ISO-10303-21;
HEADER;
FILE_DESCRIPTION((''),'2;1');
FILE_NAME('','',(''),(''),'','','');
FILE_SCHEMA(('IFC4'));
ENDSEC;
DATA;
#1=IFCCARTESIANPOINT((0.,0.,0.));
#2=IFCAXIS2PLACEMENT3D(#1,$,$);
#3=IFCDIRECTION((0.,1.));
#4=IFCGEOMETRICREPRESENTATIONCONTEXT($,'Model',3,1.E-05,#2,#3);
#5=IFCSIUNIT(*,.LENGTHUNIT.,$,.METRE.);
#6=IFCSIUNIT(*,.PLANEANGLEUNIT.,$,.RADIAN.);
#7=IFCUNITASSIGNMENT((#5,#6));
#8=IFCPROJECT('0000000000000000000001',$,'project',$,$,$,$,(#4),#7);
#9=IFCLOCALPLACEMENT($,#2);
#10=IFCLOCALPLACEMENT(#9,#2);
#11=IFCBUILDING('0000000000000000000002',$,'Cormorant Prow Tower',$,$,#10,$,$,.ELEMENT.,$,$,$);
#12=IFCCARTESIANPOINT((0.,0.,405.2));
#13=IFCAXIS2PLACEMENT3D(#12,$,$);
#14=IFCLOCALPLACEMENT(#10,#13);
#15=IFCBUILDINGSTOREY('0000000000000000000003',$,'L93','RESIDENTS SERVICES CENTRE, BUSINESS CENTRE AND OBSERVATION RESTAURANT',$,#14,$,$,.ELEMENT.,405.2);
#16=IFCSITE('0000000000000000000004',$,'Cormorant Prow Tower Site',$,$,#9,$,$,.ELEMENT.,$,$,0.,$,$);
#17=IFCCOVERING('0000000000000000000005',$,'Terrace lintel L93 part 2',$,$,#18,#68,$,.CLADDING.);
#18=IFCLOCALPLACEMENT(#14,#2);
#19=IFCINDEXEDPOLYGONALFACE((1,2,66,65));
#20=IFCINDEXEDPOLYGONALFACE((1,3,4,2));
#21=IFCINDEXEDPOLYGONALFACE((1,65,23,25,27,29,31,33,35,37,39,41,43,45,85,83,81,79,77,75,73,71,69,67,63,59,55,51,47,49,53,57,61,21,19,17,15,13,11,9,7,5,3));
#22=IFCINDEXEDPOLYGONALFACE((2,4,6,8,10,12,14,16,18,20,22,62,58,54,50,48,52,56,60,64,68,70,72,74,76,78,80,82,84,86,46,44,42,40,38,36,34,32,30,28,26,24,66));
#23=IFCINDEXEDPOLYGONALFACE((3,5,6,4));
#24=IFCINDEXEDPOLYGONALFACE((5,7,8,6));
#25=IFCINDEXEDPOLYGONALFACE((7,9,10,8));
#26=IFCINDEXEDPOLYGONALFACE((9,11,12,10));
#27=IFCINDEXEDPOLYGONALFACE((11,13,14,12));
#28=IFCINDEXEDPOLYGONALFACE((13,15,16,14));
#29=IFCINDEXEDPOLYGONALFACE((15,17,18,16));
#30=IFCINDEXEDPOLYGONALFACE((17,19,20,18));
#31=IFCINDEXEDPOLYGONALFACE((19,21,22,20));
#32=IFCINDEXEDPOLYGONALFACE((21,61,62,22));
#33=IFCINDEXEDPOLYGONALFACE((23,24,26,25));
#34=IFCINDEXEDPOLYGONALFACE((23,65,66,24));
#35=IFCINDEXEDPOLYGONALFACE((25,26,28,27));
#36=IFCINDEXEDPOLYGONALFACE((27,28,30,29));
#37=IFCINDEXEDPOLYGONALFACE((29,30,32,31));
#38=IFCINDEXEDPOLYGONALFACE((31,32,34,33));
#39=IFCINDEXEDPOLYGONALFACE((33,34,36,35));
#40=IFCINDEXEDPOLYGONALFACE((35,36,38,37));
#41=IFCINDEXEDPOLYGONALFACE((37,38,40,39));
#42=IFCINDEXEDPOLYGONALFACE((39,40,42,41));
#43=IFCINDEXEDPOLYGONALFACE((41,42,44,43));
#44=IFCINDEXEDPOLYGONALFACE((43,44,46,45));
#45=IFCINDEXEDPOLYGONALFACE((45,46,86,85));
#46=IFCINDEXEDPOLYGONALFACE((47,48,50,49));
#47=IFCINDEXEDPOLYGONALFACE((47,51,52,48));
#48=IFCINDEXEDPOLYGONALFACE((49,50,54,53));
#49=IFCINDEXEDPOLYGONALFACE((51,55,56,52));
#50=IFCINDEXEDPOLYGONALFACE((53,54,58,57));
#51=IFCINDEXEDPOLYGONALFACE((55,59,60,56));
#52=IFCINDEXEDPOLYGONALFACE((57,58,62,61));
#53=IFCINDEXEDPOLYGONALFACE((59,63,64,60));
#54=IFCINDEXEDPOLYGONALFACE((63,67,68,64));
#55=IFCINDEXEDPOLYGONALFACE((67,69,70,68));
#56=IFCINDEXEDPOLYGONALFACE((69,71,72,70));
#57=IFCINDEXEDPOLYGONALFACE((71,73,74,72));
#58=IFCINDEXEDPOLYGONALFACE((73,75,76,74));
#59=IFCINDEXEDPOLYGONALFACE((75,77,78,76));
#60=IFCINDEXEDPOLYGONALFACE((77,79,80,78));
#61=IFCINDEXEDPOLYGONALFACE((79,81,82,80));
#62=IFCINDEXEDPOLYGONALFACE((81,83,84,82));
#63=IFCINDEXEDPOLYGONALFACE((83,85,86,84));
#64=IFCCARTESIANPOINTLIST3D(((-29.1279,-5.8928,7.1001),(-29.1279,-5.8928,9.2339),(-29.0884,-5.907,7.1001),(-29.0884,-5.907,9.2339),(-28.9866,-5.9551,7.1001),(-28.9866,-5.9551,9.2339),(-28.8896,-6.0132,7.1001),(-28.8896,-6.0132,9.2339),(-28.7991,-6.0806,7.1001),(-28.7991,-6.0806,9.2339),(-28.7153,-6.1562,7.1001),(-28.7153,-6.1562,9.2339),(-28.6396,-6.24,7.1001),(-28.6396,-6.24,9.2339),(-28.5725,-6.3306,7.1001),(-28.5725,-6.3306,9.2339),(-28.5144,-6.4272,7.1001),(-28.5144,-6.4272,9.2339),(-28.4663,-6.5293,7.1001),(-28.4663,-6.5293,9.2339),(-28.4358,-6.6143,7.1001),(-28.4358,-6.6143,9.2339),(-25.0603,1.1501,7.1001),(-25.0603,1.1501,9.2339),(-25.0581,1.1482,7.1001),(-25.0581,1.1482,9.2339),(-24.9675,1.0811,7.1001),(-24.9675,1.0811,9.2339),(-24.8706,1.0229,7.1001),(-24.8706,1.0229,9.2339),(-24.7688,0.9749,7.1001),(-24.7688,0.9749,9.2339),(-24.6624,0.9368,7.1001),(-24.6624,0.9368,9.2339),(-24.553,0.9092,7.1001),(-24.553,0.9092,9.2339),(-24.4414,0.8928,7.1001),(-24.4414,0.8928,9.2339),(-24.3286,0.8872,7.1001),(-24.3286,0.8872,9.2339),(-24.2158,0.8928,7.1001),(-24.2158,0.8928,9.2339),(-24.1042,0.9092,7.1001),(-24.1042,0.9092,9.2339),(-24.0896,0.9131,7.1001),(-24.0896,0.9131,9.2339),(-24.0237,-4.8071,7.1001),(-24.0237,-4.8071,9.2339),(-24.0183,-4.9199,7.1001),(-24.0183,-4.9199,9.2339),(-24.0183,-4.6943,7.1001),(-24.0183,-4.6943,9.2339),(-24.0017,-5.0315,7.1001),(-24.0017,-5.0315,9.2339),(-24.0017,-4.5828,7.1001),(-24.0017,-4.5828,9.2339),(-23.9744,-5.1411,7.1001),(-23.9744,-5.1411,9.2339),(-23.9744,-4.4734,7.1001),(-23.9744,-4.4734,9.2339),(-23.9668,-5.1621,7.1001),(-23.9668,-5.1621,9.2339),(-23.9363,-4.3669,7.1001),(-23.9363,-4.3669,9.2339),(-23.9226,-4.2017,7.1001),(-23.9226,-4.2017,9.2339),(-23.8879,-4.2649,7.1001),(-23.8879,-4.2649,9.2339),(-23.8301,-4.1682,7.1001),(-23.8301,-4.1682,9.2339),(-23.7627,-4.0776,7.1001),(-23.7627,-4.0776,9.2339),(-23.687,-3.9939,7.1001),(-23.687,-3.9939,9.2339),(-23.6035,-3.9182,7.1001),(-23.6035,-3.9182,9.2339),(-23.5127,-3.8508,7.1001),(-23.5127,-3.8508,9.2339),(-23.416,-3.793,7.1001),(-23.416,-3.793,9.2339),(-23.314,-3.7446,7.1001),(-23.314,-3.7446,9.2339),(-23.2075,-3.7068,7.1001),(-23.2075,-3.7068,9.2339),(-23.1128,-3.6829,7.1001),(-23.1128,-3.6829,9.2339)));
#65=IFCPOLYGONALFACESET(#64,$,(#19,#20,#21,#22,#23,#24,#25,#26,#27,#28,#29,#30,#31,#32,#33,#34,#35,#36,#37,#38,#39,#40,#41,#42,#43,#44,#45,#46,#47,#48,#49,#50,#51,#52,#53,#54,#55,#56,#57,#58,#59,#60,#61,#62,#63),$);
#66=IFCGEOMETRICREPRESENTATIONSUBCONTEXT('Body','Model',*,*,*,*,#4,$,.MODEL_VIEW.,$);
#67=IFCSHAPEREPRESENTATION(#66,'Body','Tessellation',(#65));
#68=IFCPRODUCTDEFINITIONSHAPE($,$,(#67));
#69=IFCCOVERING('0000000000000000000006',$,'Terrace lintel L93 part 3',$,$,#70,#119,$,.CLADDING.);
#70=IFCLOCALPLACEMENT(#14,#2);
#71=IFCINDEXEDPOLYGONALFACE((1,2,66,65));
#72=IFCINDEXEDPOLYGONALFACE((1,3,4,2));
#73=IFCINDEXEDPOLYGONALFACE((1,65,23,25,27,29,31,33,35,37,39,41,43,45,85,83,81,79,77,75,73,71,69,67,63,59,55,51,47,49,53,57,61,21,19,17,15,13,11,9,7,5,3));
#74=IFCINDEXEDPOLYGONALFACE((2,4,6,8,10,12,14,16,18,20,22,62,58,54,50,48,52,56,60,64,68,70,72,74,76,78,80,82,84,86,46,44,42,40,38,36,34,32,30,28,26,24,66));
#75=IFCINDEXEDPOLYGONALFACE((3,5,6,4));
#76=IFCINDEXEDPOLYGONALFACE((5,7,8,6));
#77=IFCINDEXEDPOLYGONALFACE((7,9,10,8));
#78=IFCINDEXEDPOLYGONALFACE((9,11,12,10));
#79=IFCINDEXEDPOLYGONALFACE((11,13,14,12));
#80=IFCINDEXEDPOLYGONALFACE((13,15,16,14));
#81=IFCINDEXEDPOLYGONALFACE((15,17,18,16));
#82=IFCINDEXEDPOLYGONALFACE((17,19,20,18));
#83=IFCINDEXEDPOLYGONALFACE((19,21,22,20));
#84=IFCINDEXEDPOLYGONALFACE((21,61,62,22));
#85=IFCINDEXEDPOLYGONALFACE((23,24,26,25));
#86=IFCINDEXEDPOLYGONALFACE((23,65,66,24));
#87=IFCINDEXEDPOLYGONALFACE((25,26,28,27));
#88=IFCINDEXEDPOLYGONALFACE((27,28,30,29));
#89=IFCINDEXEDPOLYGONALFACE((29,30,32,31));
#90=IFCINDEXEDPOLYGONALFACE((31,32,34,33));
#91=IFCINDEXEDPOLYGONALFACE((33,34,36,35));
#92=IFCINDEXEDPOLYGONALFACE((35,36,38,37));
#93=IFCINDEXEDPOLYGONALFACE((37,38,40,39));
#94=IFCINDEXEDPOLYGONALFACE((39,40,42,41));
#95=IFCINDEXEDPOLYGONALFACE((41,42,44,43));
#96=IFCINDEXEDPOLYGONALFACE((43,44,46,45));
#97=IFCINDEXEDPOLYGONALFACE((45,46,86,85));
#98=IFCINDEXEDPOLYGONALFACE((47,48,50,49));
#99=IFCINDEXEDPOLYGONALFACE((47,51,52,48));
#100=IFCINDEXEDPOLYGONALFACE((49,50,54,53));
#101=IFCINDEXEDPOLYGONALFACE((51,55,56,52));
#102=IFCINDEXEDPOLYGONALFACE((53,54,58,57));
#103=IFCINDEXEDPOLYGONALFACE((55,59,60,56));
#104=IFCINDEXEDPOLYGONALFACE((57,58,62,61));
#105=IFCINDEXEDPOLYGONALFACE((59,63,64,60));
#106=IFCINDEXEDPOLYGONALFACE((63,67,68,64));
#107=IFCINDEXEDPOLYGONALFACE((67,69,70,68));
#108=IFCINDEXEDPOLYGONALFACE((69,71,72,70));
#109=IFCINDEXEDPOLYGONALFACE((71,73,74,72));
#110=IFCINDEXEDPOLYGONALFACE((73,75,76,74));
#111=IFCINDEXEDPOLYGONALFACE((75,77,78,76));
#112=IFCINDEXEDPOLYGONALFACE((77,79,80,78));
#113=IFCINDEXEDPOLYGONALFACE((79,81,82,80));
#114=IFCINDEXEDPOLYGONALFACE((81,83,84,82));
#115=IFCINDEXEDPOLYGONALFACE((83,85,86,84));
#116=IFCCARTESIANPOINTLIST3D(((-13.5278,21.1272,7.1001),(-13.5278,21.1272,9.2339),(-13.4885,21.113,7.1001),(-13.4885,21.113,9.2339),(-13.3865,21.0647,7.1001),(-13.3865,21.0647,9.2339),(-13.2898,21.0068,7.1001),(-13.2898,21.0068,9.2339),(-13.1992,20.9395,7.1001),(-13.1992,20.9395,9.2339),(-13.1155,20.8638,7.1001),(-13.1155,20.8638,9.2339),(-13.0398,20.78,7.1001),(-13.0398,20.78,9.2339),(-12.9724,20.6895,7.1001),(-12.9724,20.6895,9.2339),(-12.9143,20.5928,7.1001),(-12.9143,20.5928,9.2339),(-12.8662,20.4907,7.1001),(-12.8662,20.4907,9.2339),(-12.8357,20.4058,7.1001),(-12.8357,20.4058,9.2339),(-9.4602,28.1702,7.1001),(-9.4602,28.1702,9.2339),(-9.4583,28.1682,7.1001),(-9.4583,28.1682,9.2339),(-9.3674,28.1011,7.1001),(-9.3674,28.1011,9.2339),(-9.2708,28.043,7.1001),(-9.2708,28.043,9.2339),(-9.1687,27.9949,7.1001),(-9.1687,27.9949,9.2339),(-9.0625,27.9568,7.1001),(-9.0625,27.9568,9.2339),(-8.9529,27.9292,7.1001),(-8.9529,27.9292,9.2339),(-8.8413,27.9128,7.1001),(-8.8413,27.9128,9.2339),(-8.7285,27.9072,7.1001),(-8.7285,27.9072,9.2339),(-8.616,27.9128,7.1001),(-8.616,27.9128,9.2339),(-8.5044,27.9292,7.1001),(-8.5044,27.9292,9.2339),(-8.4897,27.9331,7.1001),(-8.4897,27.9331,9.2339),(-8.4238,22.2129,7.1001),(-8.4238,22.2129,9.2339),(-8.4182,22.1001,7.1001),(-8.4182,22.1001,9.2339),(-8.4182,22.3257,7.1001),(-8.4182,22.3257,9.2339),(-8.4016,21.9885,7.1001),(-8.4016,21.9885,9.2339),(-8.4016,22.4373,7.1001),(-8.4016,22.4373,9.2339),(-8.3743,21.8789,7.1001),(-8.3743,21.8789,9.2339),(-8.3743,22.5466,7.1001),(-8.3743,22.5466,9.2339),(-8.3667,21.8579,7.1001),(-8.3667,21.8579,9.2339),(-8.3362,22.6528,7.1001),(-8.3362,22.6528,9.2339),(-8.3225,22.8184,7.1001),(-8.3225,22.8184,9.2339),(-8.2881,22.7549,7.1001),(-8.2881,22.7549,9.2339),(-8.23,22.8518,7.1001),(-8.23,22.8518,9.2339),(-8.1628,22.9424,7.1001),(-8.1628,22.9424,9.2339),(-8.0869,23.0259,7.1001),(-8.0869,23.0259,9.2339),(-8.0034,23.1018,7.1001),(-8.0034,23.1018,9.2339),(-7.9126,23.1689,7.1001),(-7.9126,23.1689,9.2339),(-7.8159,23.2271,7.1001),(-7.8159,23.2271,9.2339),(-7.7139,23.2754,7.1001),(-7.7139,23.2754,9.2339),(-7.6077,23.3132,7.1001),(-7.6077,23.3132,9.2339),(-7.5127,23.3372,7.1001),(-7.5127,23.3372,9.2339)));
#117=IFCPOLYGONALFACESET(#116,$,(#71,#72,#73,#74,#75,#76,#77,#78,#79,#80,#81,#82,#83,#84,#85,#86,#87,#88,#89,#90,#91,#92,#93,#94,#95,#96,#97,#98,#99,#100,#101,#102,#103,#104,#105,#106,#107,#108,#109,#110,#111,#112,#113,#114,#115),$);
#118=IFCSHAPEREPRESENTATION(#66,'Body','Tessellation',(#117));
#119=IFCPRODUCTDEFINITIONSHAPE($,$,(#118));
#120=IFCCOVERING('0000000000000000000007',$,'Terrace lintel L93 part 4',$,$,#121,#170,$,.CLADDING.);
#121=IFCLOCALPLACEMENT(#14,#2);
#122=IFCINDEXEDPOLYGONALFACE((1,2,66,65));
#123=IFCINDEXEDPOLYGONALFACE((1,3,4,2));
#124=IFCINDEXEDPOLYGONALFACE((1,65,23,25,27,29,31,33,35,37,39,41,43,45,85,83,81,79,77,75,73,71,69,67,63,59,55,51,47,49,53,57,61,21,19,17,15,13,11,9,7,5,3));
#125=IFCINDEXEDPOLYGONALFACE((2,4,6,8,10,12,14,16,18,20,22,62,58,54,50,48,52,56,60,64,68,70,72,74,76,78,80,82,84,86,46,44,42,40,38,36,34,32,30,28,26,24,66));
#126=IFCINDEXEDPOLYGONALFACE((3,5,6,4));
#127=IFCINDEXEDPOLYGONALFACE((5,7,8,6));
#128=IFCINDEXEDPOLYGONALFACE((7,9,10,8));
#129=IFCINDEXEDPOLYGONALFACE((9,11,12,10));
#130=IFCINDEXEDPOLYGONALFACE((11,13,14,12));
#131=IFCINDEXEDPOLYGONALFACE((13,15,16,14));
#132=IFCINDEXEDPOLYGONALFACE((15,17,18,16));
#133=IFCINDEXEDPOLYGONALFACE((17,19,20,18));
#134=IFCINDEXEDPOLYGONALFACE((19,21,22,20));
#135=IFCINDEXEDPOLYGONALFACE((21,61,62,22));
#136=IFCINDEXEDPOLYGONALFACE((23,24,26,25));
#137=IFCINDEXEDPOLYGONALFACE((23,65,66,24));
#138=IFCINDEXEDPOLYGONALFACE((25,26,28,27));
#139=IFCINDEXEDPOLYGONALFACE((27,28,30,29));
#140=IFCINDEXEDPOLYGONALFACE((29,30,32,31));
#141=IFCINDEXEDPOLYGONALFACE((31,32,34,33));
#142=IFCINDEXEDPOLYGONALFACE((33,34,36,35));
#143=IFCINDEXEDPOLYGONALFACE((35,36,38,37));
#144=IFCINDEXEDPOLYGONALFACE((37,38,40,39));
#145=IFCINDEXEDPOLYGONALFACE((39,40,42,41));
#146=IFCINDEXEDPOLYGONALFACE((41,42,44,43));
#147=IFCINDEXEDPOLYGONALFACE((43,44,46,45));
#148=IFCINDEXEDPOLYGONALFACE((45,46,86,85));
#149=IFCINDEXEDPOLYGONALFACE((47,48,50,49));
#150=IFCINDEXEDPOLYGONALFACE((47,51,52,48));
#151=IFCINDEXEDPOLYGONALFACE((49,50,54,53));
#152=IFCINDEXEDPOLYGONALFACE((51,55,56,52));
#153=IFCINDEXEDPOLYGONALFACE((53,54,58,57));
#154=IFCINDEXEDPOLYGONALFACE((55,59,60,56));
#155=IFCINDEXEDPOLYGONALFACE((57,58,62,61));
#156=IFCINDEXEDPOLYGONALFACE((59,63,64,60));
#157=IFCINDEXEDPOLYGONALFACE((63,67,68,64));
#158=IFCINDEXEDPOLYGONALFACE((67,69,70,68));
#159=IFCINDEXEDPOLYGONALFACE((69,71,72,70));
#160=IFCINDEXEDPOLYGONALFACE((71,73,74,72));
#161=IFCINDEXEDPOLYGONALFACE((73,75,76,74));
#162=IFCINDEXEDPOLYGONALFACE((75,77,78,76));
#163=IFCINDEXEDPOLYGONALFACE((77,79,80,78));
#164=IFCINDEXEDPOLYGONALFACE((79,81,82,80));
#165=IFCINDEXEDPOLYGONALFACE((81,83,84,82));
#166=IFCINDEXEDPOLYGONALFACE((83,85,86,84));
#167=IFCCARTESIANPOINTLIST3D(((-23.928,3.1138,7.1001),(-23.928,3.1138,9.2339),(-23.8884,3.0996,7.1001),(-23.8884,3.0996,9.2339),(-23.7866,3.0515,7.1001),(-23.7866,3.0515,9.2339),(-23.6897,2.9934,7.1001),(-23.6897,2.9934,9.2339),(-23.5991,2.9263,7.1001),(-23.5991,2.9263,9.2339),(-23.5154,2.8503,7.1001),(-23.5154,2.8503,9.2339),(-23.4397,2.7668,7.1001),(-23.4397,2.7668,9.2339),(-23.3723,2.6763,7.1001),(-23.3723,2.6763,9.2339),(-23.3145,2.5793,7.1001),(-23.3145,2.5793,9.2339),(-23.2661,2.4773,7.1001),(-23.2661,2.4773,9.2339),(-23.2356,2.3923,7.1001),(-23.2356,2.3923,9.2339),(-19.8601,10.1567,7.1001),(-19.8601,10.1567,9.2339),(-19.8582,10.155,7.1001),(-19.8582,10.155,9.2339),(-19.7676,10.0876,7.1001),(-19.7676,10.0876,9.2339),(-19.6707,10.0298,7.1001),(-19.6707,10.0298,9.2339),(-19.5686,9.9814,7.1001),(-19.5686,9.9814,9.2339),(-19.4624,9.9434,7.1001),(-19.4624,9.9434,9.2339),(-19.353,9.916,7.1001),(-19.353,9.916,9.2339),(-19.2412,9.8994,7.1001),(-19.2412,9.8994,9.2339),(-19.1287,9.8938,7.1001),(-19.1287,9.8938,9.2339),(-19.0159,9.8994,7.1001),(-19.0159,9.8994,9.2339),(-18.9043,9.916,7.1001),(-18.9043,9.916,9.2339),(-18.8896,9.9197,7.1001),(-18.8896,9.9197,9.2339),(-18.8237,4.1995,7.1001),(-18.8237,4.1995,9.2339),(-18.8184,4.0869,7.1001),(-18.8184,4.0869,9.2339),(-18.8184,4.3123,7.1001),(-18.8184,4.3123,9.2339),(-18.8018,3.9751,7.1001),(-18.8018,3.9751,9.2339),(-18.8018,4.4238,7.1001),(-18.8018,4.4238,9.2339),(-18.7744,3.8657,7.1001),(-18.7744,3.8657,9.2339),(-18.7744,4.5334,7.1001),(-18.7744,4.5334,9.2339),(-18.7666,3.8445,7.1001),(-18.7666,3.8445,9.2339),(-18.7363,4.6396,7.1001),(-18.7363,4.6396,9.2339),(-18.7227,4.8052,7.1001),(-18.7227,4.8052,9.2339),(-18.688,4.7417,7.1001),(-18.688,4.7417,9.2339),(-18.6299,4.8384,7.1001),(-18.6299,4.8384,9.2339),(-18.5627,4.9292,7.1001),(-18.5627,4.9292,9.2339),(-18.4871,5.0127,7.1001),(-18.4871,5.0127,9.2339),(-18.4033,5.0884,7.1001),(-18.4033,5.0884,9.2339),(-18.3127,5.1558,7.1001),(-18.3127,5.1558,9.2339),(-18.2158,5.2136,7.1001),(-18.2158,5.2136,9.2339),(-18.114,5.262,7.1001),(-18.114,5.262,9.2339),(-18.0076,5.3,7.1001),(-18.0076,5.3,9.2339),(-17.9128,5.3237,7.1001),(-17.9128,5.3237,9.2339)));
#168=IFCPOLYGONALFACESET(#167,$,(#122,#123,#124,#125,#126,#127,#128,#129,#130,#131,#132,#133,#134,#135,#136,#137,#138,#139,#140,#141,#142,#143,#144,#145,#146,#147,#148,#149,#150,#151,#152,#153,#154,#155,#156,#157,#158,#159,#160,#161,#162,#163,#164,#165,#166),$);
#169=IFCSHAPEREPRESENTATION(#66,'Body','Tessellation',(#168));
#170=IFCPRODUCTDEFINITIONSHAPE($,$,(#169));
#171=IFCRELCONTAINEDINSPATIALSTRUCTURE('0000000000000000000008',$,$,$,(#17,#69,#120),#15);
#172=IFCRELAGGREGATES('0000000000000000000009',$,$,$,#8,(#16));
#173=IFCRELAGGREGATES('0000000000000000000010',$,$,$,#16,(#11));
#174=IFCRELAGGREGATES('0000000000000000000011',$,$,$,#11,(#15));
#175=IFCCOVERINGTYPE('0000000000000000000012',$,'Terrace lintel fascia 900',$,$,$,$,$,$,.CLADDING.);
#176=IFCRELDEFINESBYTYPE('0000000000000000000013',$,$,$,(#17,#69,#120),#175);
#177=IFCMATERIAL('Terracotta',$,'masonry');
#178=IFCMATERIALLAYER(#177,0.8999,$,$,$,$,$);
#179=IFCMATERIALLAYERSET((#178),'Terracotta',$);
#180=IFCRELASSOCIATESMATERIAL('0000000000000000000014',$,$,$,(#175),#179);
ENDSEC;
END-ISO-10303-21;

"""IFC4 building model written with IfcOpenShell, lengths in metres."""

from ifc_helpers import new_model, si_unit, direction, frame, origin, place, context, subcontext, project, spatial, polyline, outline, extrude, material, layer, layer_set, type_object, element, save


model = new_model("IFC4")

# Units and contexts
model_context = context("Model", 3, precision=1e-05, world=origin(), true_north=direction((0.0, 1.0)))
body_context = subcontext(model_context, "Body", "Model", "MODEL_VIEW")
ifc_project = project(units=[si_unit("LENGTHUNIT", "METRE"), si_unit("PLANEANGLEUNIT", "RADIAN")], contexts=[model_context])

# Site, building, storey
site_placement = place(None, origin())
site = spatial("IfcSite", under=ifc_project, at=site_placement, Name="Cormorant Prow Tower Site", CompositionType="ELEMENT", RefElevation=0.0)
building_placement = place(site_placement, origin())
building = spatial("IfcBuilding", under=site, at=building_placement, Name="Cormorant Prow Tower", CompositionType="ELEMENT")
storey_placement = place(building_placement, frame((0.0, 0.0, 405.2)))
storey = spatial("IfcBuildingStorey", under=building, at=storey_placement, Name="L93", Description="RESIDENTS SERVICES CENTRE, BUSINESS CENTRE AND OBSERVATION RESTAURANT", CompositionType="ELEMENT", Elevation=405.2)

# Coverings
ifc_material_1 = material(Name="Terracotta", Category="masonry")
ifc_layer_1 = layer(ifc_material_1, 0.8999)
ifc_layer_set_1 = layer_set([ifc_layer_1], Name="Terracotta")
covering_type = type_object("IfcCoveringType", Name="Terrace lintel fascia 900", PredefinedType="CLADDING", material=ifc_layer_set_1)
covering_1_placement = place(storey_placement, frame((0.0, 0.0, 7.1001)))
element("IfcCovering", 1, at=covering_1_placement, inside=storey, type_object=covering_type, Name="Terrace lintel L93 part 2", PredefinedType="CLADDING", context=body_context, shape_type="SweptSolid", body=[
    extrude(outline(polyline([(-23.1128, -3.6829), (-23.2075, -3.7068), (-23.314, -3.7446), (-23.416, -3.793), (-23.5127, -3.8508), (-23.6035, -3.9182), (-23.687, -3.9939), (-23.7627, -4.0776), (-23.8301, -4.1682), (-23.8879, -4.2649), (-23.9363, -4.3669), (-23.9744, -4.4734), (-24.0017, -4.5828), (-24.0183, -4.6943), (-24.0237, -4.8071), (-24.0183, -4.9199), (-24.0017, -5.0315), (-23.9744, -5.1411), (-23.9668, -5.1621), (-28.4358, -6.6143), (-28.4663, -6.5293), (-28.5144, -6.4272), (-28.5725, -6.3306), (-28.6396, -6.24), (-28.7153, -6.1562), (-28.7991, -6.0806), (-28.8896, -6.0132), (-28.9866, -5.9551), (-29.0884, -5.907), (-29.1279, -5.8928), (-23.9226, -4.2017), (-25.0603, 1.1501), (-25.0581, 1.1482), (-24.9675, 1.0811), (-24.8706, 1.0229), (-24.7688, 0.9749), (-24.6624, 0.9368), (-24.553, 0.9092), (-24.4414, 0.8928), (-24.3286, 0.8872), (-24.2158, 0.8928), (-24.1042, 0.9092), (-24.0896, 0.9131), (-23.1128, -3.6829)])), origin(), (0.0, 0.0, 1.0), 2.1338),
])
covering_2_placement = place(storey_placement, frame((0.0, 0.0, 7.1001)))
element("IfcCovering", 2, at=covering_2_placement, inside=storey, type_object=covering_type, Name="Terrace lintel L93 part 3", PredefinedType="CLADDING", context=body_context, shape_type="SweptSolid", body=[
    extrude(outline(polyline([(-12.8357, 20.4058), (-12.8662, 20.4907), (-12.9143, 20.5928), (-12.9724, 20.6895), (-13.0398, 20.78), (-13.1155, 20.8638), (-13.1992, 20.9395), (-13.2898, 21.0068), (-13.3865, 21.0647), (-13.4885, 21.113), (-13.5278, 21.1272), (-8.3225, 22.8184), (-9.4602, 28.1702), (-9.4583, 28.1682), (-9.3674, 28.1011), (-9.2708, 28.043), (-9.1687, 27.9949), (-9.0625, 27.9568), (-8.9529, 27.9292), (-8.8413, 27.9128), (-8.7285, 27.9072), (-8.616, 27.9128), (-8.5044, 27.9292), (-8.4897, 27.9331), (-7.5127, 23.3372), (-7.6077, 23.3132), (-7.7139, 23.2754), (-7.8159, 23.2271), (-7.9126, 23.1689), (-8.0034, 23.1018), (-8.0869, 23.0259), (-8.1628, 22.9424), (-8.23, 22.8518), (-8.2881, 22.7549), (-8.3362, 22.6528), (-8.3743, 22.5466), (-8.4016, 22.4373), (-8.4182, 22.3257), (-8.4238, 22.2129), (-8.4182, 22.1001), (-8.4016, 21.9885), (-8.3743, 21.8789), (-8.3667, 21.8579), (-12.8357, 20.4058)])), origin(), (0.0, 0.0, 1.0), 2.1338),
])
covering_3_placement = place(storey_placement, frame((0.0, 0.0, 7.1001)))
element("IfcCovering", 3, at=covering_3_placement, inside=storey, type_object=covering_type, Name="Terrace lintel L93 part 4", PredefinedType="CLADDING", context=body_context, shape_type="SweptSolid", body=[
    extrude(outline(polyline([(-17.9128, 5.3237), (-18.0076, 5.3), (-18.114, 5.262), (-18.2158, 5.2136), (-18.3127, 5.1558), (-18.4033, 5.0884), (-18.4871, 5.0127), (-18.5627, 4.9292), (-18.6299, 4.8384), (-18.688, 4.7417), (-18.7363, 4.6396), (-18.7744, 4.5334), (-18.8018, 4.4238), (-18.8184, 4.3123), (-18.8237, 4.1995), (-18.8184, 4.0869), (-18.8018, 3.9751), (-18.7744, 3.8657), (-18.7666, 3.8445), (-23.2356, 2.3923), (-23.2661, 2.4773), (-23.3145, 2.5793), (-23.3723, 2.6763), (-23.4397, 2.7668), (-23.5154, 2.8503), (-23.5991, 2.9263), (-23.6897, 2.9934), (-23.7866, 3.0515), (-23.8884, 3.0996), (-23.928, 3.1138), (-18.7227, 4.8052), (-19.8601, 10.1567), (-19.8582, 10.155), (-19.7676, 10.0876), (-19.6707, 10.0298), (-19.5686, 9.9814), (-19.4624, 9.9434), (-19.353, 9.916), (-19.2412, 9.8994), (-19.1287, 9.8938), (-19.0159, 9.8994), (-18.9043, 9.916), (-18.8896, 9.9197), (-17.9128, 5.3237)])), origin(), (0.0, 0.0, 1.0), 2.1338),
])

save(model, "model.ifc")
